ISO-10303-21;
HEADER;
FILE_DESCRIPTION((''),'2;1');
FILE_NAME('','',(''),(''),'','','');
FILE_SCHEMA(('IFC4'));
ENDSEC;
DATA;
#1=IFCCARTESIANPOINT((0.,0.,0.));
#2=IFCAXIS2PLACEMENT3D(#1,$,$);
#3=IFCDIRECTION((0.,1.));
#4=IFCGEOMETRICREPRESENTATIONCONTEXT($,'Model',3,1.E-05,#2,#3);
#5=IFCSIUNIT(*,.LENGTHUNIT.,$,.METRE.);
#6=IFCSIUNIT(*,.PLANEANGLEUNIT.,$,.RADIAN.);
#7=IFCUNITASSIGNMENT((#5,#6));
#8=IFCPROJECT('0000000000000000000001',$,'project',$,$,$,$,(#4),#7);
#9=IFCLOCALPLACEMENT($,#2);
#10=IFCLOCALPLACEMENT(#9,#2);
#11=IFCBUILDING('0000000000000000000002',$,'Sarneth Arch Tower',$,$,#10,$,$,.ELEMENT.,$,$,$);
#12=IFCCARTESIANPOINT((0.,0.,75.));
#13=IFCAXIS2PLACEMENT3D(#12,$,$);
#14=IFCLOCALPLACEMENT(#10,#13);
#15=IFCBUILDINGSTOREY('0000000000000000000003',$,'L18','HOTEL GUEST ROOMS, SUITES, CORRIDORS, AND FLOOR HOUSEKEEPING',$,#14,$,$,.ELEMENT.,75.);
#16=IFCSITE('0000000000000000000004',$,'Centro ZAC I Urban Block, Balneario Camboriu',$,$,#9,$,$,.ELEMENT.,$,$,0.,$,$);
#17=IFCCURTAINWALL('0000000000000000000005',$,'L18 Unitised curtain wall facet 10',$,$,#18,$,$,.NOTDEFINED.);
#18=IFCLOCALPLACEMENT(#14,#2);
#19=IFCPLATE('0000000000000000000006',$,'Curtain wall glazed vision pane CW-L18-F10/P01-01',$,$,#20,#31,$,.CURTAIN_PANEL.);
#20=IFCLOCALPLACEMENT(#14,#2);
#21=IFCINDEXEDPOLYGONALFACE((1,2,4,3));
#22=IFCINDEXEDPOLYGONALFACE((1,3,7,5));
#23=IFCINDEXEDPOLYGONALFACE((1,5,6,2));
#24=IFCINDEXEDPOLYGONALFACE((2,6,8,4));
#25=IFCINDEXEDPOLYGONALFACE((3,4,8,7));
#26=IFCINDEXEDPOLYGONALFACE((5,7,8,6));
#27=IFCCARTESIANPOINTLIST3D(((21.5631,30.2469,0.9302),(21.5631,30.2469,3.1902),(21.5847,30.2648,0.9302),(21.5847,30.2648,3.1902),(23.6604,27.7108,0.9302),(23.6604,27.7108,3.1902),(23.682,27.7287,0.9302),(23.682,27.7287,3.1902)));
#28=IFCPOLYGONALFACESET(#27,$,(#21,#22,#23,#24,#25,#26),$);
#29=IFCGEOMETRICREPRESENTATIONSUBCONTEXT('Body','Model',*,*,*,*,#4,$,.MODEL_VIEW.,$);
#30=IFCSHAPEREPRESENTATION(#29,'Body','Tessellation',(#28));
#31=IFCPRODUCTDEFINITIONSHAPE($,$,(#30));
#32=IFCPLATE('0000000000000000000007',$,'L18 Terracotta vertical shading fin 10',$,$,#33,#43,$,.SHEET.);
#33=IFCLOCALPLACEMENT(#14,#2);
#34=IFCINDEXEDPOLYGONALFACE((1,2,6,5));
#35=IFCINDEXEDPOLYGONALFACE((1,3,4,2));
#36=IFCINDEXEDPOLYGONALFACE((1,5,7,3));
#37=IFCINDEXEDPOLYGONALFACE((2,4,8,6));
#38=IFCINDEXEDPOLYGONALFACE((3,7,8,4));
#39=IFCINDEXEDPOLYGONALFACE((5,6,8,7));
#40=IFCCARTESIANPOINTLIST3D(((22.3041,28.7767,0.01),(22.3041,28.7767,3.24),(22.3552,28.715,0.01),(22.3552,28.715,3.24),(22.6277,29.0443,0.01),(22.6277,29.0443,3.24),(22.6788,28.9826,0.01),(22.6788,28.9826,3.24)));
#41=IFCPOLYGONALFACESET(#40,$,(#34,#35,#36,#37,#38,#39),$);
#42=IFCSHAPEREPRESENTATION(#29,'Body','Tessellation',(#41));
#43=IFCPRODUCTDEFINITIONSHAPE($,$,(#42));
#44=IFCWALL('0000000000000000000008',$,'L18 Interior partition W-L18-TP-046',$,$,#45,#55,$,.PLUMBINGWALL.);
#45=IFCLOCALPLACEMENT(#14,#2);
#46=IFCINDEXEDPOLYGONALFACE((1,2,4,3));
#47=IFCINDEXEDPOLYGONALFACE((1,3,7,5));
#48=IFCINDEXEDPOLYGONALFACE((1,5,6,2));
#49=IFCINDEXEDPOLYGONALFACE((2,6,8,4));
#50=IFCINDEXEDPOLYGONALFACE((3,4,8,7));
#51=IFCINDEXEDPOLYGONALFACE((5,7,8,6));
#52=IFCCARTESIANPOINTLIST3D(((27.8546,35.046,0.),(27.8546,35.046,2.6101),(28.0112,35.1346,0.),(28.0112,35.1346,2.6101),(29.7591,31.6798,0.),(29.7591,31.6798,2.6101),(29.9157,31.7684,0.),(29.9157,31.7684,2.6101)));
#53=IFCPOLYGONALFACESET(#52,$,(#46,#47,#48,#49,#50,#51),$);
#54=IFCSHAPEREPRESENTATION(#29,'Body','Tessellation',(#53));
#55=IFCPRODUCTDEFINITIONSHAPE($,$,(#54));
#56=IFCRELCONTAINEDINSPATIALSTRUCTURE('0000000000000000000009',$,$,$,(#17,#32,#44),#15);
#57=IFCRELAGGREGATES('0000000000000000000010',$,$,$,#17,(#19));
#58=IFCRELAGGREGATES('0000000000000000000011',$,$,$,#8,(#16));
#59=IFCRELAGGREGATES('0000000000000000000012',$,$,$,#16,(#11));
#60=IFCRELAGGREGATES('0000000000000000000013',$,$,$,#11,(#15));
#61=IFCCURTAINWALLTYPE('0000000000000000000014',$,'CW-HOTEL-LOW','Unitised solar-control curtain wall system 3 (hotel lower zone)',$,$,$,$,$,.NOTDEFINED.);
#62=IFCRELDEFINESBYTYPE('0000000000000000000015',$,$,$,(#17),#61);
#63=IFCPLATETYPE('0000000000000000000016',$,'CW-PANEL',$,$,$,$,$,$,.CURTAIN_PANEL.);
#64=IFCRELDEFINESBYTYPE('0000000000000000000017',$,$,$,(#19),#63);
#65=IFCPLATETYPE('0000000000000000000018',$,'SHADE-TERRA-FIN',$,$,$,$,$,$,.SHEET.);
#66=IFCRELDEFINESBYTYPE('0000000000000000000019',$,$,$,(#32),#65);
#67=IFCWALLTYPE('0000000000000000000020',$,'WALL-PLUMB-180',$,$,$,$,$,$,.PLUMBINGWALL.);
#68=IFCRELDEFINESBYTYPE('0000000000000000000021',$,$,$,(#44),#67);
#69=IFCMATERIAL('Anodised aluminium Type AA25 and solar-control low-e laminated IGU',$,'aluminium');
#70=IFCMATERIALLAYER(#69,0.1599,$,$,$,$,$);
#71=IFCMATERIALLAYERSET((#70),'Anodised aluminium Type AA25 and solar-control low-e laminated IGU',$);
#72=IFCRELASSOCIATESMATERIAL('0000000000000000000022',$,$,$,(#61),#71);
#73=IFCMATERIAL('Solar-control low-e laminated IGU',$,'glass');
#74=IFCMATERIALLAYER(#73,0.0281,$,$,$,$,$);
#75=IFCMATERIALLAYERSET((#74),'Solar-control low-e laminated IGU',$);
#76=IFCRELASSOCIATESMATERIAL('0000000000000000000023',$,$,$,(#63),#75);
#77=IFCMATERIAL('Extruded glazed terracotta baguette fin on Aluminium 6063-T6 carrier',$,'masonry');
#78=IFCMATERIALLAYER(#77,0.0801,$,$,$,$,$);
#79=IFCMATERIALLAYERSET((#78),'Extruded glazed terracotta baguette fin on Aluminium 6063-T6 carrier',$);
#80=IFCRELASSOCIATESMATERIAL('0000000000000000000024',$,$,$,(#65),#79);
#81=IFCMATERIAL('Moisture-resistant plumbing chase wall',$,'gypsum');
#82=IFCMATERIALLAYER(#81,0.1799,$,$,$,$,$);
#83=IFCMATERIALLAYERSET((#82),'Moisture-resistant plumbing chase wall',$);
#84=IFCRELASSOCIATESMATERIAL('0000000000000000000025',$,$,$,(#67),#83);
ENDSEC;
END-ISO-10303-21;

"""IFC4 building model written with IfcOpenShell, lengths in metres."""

from ifc_helpers import new_model, si_unit, direction, frame, frame_2d, origin, origin_2d, place, context, subcontext, project, spatial, rectangle, extrude, material, layer, layer_set, type_object, element, aggregate, save


model = new_model("IFC4")

# Units and contexts
model_context = context("Model", 3, precision=1e-05, world=origin(), true_north=direction((0.0, 1.0)))
body_context = subcontext(model_context, "Body", "Model", "MODEL_VIEW")
ifc_project = project(units=[si_unit("LENGTHUNIT", "METRE"), si_unit("PLANEANGLEUNIT", "RADIAN")], contexts=[model_context])

# Site, building, storey
site_placement = place(None, origin())
site = spatial("IfcSite", under=ifc_project, at=site_placement, Name="Centro ZAC I Urban Block, Balneario Camboriu", CompositionType="ELEMENT", RefElevation=0.0)
building_placement = place(site_placement, origin())
building = spatial("IfcBuilding", under=site, at=building_placement, Name="Sarneth Arch Tower", CompositionType="ELEMENT")
storey_placement = place(building_placement, frame((0.0, 0.0, 75.0)))
storey = spatial("IfcBuildingStorey", under=building, at=storey_placement, Name="L18", Description="HOTEL GUEST ROOMS, SUITES, CORRIDORS, AND FLOOR HOUSEKEEPING", CompositionType="ELEMENT", Elevation=75.0)

# Curtain wall, plate
ifc_material_1 = material(Name="Anodised aluminium Type AA25 and solar-control low-e laminated IGU", Category="aluminium")
ifc_layer_1 = layer(ifc_material_1, 0.1599)
ifc_layer_set_1 = layer_set([ifc_layer_1], Name="Anodised aluminium Type AA25 and solar-control low-e laminated IGU")
curtain_wall_type = type_object("IfcCurtainWallType", Name="CW-HOTEL-LOW", Description="Unitised solar-control curtain wall system 3 (hotel lower zone)", PredefinedType="NOTDEFINED", material=ifc_layer_set_1)
curtain_wall_placement = place(storey_placement, origin())
curtain_wall = element("IfcCurtainWall", 1, at=curtain_wall_placement, inside=storey, type_object=curtain_wall_type, Name="L18 Unitised curtain wall facet 10", PredefinedType="NOTDEFINED")
ifc_material_2 = material(Name="Solar-control low-e laminated IGU", Category="glass")
ifc_layer_2 = layer(ifc_material_2, 0.0281)
ifc_layer_set_2 = layer_set([ifc_layer_2], Name="Solar-control low-e laminated IGU")
plate_type_1 = type_object("IfcPlateType", Name="CW-PANEL", PredefinedType="CURTAIN_PANEL", material=ifc_layer_set_2)
plate_1_placement = place(storey_placement, frame((22.6226, 28.9878, 0.9302), z_axis=(0.0, 0.0, 1.0), x_axis=(0.637291, -0.770623, 0.0)))
plate_1 = element("IfcPlate", 2, at=plate_1_placement, type_object=plate_type_1, Name="Curtain wall glazed vision pane CW-L18-F10/P01-01", PredefinedType="CURTAIN_PANEL", context=body_context, shape_type="SweptSolid", body=[
    extrude(rectangle(XDim=3.291, YDim=0.0281, at=origin_2d()), origin(), (0.0, 0.0, 1.0), 2.26),
])
aggregate(curtain_wall, [plate_1])

# Plate
ifc_material_3 = material(Name="Extruded glazed terracotta baguette fin on Aluminium 6063-T6 carrier", Category="masonry")
ifc_layer_3 = layer(ifc_material_3, 0.0801)
ifc_layer_set_3 = layer_set([ifc_layer_3], Name="Extruded glazed terracotta baguette fin on Aluminium 6063-T6 carrier")
plate_type_2 = type_object("IfcPlateType", Name="SHADE-TERRA-FIN", PredefinedType="SHEET", material=ifc_layer_set_3)
plate_2_placement = place(storey_placement, frame((22.4915, 28.8796, 0.01), z_axis=(0.0, 0.0, 1.0), x_axis=(-0.770624, -0.63729, 0.0)))
element("IfcPlate", 3, at=plate_2_placement, inside=storey, type_object=plate_type_2, Name="L18 Terracotta vertical shading fin 10", PredefinedType="SHEET", context=body_context, shape_type="SweptSolid", body=[
    extrude(rectangle(XDim=0.4199, YDim=0.0801, at=origin_2d()), origin(), (0.0, 0.0, 1.0), 3.23),
])

# Wall
ifc_material_4 = material(Name="Moisture-resistant plumbing chase wall", Category="gypsum")
ifc_layer_4 = layer(ifc_material_4, 0.1799)
ifc_layer_set_4 = layer_set([ifc_layer_4], Name="Moisture-resistant plumbing chase wall")
wall_type = type_object("IfcWallType", Name="WALL-PLUMB-180", PredefinedType="PLUMBINGWALL", material=ifc_layer_set_4)
wall_placement = place(storey_placement, frame((27.9329, 35.0903, 0.0), z_axis=(0.0, 0.0, 1.0), x_axis=(0.49243, -0.870352, 0.0)))
element("IfcWall", 4, at=wall_placement, inside=storey, type_object=wall_type, Name="L18 Interior partition W-L18-TP-046", PredefinedType="PLUMBINGWALL", context=body_context, shape_type="SweptSolid", body=[
    extrude(rectangle(XDim=3.8677, YDim=0.1799, at=frame_2d((1.9338, 0.0))), origin(), (0.0, 0.0, 1.0), 2.6101),
])

save(model, "model.ifc")
